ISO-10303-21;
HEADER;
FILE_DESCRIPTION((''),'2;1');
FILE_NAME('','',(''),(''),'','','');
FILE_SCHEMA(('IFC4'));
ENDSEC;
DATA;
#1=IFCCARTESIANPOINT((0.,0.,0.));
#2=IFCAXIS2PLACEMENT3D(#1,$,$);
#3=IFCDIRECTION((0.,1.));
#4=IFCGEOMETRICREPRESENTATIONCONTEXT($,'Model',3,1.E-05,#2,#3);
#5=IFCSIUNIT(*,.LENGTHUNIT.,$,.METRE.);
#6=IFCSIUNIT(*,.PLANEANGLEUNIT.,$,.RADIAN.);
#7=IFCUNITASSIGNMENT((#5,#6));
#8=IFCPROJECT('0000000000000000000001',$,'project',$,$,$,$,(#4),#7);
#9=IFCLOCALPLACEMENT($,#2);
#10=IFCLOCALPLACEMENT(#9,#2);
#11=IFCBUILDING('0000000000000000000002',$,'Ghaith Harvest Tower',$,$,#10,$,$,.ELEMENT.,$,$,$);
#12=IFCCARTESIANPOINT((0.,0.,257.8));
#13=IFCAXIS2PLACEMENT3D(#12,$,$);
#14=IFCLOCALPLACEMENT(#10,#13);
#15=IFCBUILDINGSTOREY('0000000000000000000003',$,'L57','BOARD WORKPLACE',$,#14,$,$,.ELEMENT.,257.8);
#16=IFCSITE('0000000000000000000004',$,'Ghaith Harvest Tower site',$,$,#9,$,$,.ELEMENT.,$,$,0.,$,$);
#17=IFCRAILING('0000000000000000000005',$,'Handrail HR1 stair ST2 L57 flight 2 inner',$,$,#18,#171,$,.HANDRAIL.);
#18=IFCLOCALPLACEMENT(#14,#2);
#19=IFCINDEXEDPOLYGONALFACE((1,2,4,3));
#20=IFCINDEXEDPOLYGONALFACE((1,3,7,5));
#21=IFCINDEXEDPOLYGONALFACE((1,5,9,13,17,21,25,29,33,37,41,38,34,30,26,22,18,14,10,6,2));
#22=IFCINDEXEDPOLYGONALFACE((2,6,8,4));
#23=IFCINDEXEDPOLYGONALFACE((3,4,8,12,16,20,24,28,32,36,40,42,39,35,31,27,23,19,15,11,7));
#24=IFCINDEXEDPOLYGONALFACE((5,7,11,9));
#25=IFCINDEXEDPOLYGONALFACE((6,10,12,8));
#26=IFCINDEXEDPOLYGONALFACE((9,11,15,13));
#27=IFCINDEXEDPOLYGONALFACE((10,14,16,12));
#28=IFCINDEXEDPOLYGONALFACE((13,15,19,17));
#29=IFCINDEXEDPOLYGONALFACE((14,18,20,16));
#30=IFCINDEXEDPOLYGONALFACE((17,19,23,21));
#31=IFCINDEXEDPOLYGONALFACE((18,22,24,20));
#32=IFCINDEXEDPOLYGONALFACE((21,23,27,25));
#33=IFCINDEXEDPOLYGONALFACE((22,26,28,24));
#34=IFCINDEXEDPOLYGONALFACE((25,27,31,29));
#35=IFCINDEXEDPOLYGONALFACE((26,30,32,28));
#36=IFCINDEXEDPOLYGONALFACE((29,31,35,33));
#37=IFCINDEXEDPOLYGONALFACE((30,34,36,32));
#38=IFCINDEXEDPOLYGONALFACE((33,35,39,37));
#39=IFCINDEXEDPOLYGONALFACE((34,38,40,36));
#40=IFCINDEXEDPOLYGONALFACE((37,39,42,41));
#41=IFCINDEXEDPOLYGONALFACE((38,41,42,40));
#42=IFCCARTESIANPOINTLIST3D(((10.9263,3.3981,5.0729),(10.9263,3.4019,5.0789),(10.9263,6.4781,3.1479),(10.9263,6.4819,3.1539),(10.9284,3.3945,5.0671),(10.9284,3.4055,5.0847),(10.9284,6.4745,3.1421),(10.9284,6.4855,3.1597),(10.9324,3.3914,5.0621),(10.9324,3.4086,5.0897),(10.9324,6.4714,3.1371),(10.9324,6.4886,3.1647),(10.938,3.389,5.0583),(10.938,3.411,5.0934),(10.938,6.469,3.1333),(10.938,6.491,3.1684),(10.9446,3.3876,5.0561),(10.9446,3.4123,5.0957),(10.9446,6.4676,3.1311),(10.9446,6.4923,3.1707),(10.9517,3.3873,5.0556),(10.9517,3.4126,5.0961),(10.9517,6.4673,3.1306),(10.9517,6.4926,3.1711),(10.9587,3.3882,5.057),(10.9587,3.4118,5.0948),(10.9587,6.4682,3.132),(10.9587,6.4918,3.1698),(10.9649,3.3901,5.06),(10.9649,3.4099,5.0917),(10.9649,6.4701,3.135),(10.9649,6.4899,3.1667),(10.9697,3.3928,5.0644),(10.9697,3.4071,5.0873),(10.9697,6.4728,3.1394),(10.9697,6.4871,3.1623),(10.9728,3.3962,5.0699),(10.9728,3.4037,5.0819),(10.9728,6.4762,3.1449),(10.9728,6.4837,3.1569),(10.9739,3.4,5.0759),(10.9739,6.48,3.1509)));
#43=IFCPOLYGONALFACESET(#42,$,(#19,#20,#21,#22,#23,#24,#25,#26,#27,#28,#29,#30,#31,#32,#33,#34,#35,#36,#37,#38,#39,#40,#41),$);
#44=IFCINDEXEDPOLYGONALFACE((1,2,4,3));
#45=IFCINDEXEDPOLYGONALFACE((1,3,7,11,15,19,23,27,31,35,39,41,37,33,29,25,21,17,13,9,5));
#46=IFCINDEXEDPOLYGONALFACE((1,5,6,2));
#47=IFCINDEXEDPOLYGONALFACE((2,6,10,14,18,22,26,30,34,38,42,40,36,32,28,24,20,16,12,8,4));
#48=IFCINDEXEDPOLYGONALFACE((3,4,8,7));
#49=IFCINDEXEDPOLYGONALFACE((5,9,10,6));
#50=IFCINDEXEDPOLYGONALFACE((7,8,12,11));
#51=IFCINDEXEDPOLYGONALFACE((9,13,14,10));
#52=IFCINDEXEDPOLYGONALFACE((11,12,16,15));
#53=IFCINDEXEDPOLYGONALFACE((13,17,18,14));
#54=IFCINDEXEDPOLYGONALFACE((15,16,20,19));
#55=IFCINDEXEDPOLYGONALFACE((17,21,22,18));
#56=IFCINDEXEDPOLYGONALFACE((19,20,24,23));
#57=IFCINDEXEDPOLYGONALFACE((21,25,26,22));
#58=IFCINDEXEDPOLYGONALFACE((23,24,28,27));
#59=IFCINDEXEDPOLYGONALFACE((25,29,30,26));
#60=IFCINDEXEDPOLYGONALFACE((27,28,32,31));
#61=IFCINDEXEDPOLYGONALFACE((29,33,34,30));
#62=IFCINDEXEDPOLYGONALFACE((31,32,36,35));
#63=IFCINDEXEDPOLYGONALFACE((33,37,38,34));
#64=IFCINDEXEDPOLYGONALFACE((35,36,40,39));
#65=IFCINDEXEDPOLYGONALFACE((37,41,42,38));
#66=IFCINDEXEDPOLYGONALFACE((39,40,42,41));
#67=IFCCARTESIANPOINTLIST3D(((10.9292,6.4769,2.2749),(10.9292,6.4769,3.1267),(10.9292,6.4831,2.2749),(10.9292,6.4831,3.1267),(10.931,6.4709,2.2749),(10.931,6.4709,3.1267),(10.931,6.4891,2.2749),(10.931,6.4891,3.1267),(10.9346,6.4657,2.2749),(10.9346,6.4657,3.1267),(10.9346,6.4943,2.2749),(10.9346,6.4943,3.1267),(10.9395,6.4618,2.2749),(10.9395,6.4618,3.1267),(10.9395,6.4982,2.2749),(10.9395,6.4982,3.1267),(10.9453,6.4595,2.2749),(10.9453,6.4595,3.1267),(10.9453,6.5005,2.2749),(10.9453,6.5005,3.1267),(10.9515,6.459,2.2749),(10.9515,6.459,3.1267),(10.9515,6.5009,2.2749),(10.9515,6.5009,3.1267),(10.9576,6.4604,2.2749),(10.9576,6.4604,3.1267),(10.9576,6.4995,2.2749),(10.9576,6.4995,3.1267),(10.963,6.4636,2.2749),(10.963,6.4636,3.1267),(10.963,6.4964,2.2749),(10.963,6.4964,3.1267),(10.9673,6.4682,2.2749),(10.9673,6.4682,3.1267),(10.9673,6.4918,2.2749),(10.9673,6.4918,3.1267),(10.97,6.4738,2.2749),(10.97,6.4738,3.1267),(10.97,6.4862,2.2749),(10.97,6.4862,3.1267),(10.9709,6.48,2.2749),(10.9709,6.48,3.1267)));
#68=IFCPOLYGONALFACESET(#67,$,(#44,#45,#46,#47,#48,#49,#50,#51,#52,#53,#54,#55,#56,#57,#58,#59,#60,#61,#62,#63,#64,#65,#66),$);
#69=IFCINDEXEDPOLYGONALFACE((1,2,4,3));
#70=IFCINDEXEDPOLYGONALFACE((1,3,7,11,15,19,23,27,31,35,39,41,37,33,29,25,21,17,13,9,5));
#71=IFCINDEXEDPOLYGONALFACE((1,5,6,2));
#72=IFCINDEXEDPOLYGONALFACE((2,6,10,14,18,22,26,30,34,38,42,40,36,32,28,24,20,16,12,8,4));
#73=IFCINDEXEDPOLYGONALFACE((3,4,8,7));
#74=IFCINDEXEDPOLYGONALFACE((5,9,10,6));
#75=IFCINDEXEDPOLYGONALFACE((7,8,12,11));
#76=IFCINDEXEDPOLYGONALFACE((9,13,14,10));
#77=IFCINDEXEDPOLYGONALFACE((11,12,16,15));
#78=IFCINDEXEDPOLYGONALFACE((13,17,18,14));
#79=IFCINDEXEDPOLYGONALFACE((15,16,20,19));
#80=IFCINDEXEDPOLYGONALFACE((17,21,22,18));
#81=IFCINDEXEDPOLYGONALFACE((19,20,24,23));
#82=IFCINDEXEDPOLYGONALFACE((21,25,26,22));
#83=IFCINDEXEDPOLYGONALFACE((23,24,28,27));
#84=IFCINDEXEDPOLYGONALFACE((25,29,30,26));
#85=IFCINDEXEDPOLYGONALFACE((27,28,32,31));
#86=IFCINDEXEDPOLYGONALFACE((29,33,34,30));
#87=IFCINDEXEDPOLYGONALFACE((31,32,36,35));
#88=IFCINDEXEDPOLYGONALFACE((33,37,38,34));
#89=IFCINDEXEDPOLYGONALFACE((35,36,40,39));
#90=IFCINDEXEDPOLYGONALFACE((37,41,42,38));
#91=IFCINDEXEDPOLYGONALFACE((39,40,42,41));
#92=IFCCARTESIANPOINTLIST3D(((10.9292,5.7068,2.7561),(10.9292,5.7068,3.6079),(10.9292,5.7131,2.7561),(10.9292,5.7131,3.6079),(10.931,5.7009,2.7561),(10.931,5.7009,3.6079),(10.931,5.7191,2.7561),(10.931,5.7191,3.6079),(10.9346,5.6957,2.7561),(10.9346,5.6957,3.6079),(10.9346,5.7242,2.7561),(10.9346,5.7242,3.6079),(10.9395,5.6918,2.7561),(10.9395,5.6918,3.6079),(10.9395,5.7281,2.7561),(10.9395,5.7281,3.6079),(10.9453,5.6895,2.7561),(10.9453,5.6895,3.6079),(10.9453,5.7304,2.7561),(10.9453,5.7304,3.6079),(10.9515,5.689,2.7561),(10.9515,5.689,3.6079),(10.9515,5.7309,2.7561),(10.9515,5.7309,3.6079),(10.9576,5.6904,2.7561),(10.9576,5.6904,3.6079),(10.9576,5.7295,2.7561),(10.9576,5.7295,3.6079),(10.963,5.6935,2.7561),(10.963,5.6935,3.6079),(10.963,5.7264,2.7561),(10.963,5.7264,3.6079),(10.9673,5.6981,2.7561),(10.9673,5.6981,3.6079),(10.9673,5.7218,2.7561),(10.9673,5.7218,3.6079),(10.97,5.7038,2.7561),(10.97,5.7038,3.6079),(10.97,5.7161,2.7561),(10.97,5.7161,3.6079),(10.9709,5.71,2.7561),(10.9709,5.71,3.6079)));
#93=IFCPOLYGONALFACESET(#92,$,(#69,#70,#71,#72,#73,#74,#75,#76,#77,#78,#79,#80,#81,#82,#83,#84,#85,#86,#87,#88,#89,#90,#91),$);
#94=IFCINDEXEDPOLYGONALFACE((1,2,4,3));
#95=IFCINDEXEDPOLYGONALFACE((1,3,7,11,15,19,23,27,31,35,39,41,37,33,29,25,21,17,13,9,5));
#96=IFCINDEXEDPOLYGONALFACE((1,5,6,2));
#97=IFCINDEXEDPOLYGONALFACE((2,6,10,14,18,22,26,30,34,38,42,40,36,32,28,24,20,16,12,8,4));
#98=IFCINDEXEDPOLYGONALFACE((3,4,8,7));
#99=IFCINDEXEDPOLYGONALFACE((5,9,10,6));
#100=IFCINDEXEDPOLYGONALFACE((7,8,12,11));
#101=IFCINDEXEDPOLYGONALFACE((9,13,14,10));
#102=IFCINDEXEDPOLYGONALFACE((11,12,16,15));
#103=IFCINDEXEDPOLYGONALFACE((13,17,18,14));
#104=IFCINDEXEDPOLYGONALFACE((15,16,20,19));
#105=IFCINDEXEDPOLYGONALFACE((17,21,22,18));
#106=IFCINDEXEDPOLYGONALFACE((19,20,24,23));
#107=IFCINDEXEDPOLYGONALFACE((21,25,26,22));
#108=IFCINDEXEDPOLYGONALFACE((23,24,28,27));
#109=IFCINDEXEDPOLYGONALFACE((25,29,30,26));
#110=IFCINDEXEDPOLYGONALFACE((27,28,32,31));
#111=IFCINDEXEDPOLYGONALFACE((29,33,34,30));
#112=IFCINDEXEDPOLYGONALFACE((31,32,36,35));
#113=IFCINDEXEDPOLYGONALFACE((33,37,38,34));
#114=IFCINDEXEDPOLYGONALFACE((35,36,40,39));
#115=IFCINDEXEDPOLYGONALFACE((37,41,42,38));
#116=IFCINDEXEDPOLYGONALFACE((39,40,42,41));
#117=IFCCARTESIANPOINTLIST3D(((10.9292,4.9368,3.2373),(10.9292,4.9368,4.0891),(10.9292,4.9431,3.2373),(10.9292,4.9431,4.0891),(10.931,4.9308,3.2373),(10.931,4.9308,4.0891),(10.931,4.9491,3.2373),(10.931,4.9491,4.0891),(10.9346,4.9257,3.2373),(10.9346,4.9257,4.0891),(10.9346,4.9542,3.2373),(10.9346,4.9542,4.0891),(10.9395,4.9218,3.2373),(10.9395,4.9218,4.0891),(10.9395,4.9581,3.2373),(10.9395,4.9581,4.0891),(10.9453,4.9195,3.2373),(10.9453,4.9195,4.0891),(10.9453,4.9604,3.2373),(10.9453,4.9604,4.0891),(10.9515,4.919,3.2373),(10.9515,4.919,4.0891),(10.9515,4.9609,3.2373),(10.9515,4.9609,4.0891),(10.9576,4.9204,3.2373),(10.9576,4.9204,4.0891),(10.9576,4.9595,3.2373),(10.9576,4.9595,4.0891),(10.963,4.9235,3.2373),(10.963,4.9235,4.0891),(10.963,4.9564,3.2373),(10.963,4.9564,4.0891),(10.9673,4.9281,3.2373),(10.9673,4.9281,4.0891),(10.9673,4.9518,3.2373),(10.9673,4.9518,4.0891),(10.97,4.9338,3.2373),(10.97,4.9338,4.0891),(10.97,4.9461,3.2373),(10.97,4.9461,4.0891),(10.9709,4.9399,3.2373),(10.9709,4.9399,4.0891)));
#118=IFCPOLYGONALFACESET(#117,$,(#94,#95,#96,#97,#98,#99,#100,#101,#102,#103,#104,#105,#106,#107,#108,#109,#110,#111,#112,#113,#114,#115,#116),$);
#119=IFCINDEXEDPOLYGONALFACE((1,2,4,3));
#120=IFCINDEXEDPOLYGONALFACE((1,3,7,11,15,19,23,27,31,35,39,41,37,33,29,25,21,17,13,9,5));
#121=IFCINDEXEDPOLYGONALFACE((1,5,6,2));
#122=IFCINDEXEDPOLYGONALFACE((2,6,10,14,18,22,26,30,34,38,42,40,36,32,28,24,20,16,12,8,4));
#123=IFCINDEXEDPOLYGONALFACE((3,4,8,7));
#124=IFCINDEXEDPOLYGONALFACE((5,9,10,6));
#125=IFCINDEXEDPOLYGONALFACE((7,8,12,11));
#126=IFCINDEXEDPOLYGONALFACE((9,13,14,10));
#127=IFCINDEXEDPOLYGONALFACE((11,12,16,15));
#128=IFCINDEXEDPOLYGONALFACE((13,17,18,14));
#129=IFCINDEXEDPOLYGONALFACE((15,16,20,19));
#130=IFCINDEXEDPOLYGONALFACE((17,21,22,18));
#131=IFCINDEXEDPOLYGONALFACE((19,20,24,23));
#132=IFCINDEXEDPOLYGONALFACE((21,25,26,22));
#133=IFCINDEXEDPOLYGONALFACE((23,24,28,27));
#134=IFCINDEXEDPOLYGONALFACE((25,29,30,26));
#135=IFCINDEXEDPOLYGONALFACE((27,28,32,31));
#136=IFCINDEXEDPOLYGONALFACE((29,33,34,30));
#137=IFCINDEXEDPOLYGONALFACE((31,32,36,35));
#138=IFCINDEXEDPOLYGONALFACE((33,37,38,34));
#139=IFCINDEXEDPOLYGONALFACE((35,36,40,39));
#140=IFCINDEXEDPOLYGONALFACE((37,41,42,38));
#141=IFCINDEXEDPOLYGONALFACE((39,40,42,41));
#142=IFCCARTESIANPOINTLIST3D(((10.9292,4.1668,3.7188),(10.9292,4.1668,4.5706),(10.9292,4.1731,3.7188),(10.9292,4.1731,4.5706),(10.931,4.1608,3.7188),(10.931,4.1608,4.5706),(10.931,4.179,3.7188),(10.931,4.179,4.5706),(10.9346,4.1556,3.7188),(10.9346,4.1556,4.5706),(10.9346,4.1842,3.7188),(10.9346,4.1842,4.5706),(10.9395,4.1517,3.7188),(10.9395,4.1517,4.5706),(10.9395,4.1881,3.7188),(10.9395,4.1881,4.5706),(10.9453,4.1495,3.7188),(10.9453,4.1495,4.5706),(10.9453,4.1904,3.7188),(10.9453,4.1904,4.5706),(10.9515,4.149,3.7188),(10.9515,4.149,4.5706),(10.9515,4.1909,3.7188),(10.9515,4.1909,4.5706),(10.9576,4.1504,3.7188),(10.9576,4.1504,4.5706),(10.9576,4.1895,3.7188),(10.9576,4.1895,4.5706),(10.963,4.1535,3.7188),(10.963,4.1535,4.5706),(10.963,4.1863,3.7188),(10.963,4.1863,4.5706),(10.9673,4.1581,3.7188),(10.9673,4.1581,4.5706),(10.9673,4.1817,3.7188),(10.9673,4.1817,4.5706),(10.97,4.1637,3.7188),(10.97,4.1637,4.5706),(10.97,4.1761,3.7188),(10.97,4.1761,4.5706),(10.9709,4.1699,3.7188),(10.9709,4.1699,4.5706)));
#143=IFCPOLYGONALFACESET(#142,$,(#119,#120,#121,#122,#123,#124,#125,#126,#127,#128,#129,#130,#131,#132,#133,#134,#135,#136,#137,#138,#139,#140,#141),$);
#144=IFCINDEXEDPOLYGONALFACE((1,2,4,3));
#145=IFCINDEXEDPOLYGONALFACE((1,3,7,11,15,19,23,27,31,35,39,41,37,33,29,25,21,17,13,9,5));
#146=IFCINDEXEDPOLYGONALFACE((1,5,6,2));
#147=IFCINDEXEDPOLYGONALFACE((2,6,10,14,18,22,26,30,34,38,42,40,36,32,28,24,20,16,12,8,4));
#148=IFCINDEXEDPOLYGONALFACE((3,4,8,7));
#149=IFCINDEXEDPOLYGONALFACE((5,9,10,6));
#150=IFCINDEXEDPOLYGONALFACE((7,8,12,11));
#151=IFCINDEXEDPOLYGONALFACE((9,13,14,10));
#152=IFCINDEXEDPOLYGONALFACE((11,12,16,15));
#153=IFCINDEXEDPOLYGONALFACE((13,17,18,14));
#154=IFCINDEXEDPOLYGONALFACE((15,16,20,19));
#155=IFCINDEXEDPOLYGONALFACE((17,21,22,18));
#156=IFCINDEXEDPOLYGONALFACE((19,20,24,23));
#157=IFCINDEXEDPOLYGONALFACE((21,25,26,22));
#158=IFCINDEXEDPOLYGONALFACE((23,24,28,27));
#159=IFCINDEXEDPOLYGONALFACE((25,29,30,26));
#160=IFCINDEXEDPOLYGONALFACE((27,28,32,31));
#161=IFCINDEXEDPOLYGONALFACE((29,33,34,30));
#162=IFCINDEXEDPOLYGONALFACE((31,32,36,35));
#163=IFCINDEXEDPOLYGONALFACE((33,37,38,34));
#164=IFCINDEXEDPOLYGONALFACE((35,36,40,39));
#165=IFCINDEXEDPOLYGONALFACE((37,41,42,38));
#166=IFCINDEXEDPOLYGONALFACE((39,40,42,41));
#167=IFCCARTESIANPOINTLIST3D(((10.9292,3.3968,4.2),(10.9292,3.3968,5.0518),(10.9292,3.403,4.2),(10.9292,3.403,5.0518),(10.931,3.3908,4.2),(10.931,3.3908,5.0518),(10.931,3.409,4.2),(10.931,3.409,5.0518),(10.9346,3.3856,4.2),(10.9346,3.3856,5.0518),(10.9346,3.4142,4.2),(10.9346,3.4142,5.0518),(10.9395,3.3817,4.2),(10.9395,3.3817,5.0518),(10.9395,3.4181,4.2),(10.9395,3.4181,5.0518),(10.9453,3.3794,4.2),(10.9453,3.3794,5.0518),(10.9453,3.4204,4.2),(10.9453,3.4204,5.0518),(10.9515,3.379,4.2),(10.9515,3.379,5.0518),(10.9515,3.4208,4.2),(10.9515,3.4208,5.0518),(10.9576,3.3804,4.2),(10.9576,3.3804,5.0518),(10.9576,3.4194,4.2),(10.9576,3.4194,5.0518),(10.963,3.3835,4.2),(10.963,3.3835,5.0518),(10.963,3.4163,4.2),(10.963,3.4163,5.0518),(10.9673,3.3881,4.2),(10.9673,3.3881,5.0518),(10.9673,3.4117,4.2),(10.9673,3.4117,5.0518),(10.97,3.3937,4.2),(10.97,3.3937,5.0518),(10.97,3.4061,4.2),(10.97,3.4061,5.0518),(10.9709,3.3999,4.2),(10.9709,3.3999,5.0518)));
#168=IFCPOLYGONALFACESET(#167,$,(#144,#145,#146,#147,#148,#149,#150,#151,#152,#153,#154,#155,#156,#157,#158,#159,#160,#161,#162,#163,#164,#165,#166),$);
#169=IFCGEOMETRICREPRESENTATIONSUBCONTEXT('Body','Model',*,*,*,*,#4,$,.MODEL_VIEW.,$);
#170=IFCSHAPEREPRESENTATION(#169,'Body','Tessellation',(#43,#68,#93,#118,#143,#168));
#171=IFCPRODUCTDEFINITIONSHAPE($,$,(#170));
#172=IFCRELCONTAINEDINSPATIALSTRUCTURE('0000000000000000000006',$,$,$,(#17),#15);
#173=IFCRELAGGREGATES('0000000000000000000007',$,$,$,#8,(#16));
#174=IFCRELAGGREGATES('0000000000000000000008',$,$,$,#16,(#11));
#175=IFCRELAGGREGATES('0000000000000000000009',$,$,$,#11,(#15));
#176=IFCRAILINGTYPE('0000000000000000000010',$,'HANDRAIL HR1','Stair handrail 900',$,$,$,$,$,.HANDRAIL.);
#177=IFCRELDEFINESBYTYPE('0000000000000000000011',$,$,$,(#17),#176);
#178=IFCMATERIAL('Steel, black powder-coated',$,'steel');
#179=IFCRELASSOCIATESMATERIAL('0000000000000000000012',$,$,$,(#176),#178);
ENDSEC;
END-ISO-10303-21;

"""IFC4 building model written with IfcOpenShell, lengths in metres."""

from ifc_helpers import new_model, si_unit, direction, frame, origin, origin_2d, place, context, subcontext, project, spatial, circle, extrude, material, type_object, element, save


model = new_model("IFC4")

# Units and contexts
model_context = context("Model", 3, precision=1e-05, world=origin(), true_north=direction((0.0, 1.0)))
body_context = subcontext(model_context, "Body", "Model", "MODEL_VIEW")
ifc_project = project(units=[si_unit("LENGTHUNIT", "METRE"), si_unit("PLANEANGLEUNIT", "RADIAN")], contexts=[model_context])

# Site, building, storey
site_placement = place(None, origin())
site = spatial("IfcSite", under=ifc_project, at=site_placement, Name="Ghaith Harvest Tower site", CompositionType="ELEMENT", RefElevation=0.0)
building_placement = place(site_placement, origin())
building = spatial("IfcBuilding", under=site, at=building_placement, Name="Ghaith Harvest Tower", CompositionType="ELEMENT")
storey_placement = place(building_placement, frame((0.0, 0.0, 257.8)))
storey = spatial("IfcBuildingStorey", under=building, at=storey_placement, Name="L57", Description="BOARD WORKPLACE", CompositionType="ELEMENT", Elevation=257.8)

# Railing
ifc_material_1 = material(Name="Steel, black powder-coated", Category="steel")
railing_type = type_object("IfcRailingType", Name="HANDRAIL HR1", Description="Stair handrail 900", PredefinedType="HANDRAIL", material=ifc_material_1)
railing_1_placement = place(storey_placement, frame((10.95, 6.48, 2.2749)))
element("IfcRailing", 1, at=railing_1_placement, inside=storey, type_object=railing_type, Name="Handrail HR1 stair ST2 L57 flight 2 inner", PredefinedType="HANDRAIL", context=body_context, shape_type="SweptSolid", body=[
    extrude(circle(Radius=0.0239, at=origin_2d()), frame((0.0, 0.0, 0.876), z_axis=(0.0, -0.847998, 0.529999), x_axis=(1.0, 0.0, 0.0)), (0.0, 0.0, 1.0), 3.6321),
    extrude(circle(Radius=0.021, at=origin_2d()), origin(), (0.0, 0.0, 1.0), 0.8518),
    extrude(circle(Radius=0.021, at=origin_2d()), frame((0.0, -0.77, 0.4812)), (0.0, 0.0, 1.0), 0.8518),
    extrude(circle(Radius=0.021, at=origin_2d()), frame((0.0, -1.54, 0.9624)), (0.0, 0.0, 1.0), 0.8518),
    extrude(circle(Radius=0.021, at=origin_2d()), frame((0.0, -2.3101, 1.4438)), (0.0, 0.0, 1.0), 0.8518),
    extrude(circle(Radius=0.021, at=origin_2d()), frame((0.0, -3.0801, 1.925)), (0.0, 0.0, 1.0), 0.8518),
])

save(model, "model.ifc")
